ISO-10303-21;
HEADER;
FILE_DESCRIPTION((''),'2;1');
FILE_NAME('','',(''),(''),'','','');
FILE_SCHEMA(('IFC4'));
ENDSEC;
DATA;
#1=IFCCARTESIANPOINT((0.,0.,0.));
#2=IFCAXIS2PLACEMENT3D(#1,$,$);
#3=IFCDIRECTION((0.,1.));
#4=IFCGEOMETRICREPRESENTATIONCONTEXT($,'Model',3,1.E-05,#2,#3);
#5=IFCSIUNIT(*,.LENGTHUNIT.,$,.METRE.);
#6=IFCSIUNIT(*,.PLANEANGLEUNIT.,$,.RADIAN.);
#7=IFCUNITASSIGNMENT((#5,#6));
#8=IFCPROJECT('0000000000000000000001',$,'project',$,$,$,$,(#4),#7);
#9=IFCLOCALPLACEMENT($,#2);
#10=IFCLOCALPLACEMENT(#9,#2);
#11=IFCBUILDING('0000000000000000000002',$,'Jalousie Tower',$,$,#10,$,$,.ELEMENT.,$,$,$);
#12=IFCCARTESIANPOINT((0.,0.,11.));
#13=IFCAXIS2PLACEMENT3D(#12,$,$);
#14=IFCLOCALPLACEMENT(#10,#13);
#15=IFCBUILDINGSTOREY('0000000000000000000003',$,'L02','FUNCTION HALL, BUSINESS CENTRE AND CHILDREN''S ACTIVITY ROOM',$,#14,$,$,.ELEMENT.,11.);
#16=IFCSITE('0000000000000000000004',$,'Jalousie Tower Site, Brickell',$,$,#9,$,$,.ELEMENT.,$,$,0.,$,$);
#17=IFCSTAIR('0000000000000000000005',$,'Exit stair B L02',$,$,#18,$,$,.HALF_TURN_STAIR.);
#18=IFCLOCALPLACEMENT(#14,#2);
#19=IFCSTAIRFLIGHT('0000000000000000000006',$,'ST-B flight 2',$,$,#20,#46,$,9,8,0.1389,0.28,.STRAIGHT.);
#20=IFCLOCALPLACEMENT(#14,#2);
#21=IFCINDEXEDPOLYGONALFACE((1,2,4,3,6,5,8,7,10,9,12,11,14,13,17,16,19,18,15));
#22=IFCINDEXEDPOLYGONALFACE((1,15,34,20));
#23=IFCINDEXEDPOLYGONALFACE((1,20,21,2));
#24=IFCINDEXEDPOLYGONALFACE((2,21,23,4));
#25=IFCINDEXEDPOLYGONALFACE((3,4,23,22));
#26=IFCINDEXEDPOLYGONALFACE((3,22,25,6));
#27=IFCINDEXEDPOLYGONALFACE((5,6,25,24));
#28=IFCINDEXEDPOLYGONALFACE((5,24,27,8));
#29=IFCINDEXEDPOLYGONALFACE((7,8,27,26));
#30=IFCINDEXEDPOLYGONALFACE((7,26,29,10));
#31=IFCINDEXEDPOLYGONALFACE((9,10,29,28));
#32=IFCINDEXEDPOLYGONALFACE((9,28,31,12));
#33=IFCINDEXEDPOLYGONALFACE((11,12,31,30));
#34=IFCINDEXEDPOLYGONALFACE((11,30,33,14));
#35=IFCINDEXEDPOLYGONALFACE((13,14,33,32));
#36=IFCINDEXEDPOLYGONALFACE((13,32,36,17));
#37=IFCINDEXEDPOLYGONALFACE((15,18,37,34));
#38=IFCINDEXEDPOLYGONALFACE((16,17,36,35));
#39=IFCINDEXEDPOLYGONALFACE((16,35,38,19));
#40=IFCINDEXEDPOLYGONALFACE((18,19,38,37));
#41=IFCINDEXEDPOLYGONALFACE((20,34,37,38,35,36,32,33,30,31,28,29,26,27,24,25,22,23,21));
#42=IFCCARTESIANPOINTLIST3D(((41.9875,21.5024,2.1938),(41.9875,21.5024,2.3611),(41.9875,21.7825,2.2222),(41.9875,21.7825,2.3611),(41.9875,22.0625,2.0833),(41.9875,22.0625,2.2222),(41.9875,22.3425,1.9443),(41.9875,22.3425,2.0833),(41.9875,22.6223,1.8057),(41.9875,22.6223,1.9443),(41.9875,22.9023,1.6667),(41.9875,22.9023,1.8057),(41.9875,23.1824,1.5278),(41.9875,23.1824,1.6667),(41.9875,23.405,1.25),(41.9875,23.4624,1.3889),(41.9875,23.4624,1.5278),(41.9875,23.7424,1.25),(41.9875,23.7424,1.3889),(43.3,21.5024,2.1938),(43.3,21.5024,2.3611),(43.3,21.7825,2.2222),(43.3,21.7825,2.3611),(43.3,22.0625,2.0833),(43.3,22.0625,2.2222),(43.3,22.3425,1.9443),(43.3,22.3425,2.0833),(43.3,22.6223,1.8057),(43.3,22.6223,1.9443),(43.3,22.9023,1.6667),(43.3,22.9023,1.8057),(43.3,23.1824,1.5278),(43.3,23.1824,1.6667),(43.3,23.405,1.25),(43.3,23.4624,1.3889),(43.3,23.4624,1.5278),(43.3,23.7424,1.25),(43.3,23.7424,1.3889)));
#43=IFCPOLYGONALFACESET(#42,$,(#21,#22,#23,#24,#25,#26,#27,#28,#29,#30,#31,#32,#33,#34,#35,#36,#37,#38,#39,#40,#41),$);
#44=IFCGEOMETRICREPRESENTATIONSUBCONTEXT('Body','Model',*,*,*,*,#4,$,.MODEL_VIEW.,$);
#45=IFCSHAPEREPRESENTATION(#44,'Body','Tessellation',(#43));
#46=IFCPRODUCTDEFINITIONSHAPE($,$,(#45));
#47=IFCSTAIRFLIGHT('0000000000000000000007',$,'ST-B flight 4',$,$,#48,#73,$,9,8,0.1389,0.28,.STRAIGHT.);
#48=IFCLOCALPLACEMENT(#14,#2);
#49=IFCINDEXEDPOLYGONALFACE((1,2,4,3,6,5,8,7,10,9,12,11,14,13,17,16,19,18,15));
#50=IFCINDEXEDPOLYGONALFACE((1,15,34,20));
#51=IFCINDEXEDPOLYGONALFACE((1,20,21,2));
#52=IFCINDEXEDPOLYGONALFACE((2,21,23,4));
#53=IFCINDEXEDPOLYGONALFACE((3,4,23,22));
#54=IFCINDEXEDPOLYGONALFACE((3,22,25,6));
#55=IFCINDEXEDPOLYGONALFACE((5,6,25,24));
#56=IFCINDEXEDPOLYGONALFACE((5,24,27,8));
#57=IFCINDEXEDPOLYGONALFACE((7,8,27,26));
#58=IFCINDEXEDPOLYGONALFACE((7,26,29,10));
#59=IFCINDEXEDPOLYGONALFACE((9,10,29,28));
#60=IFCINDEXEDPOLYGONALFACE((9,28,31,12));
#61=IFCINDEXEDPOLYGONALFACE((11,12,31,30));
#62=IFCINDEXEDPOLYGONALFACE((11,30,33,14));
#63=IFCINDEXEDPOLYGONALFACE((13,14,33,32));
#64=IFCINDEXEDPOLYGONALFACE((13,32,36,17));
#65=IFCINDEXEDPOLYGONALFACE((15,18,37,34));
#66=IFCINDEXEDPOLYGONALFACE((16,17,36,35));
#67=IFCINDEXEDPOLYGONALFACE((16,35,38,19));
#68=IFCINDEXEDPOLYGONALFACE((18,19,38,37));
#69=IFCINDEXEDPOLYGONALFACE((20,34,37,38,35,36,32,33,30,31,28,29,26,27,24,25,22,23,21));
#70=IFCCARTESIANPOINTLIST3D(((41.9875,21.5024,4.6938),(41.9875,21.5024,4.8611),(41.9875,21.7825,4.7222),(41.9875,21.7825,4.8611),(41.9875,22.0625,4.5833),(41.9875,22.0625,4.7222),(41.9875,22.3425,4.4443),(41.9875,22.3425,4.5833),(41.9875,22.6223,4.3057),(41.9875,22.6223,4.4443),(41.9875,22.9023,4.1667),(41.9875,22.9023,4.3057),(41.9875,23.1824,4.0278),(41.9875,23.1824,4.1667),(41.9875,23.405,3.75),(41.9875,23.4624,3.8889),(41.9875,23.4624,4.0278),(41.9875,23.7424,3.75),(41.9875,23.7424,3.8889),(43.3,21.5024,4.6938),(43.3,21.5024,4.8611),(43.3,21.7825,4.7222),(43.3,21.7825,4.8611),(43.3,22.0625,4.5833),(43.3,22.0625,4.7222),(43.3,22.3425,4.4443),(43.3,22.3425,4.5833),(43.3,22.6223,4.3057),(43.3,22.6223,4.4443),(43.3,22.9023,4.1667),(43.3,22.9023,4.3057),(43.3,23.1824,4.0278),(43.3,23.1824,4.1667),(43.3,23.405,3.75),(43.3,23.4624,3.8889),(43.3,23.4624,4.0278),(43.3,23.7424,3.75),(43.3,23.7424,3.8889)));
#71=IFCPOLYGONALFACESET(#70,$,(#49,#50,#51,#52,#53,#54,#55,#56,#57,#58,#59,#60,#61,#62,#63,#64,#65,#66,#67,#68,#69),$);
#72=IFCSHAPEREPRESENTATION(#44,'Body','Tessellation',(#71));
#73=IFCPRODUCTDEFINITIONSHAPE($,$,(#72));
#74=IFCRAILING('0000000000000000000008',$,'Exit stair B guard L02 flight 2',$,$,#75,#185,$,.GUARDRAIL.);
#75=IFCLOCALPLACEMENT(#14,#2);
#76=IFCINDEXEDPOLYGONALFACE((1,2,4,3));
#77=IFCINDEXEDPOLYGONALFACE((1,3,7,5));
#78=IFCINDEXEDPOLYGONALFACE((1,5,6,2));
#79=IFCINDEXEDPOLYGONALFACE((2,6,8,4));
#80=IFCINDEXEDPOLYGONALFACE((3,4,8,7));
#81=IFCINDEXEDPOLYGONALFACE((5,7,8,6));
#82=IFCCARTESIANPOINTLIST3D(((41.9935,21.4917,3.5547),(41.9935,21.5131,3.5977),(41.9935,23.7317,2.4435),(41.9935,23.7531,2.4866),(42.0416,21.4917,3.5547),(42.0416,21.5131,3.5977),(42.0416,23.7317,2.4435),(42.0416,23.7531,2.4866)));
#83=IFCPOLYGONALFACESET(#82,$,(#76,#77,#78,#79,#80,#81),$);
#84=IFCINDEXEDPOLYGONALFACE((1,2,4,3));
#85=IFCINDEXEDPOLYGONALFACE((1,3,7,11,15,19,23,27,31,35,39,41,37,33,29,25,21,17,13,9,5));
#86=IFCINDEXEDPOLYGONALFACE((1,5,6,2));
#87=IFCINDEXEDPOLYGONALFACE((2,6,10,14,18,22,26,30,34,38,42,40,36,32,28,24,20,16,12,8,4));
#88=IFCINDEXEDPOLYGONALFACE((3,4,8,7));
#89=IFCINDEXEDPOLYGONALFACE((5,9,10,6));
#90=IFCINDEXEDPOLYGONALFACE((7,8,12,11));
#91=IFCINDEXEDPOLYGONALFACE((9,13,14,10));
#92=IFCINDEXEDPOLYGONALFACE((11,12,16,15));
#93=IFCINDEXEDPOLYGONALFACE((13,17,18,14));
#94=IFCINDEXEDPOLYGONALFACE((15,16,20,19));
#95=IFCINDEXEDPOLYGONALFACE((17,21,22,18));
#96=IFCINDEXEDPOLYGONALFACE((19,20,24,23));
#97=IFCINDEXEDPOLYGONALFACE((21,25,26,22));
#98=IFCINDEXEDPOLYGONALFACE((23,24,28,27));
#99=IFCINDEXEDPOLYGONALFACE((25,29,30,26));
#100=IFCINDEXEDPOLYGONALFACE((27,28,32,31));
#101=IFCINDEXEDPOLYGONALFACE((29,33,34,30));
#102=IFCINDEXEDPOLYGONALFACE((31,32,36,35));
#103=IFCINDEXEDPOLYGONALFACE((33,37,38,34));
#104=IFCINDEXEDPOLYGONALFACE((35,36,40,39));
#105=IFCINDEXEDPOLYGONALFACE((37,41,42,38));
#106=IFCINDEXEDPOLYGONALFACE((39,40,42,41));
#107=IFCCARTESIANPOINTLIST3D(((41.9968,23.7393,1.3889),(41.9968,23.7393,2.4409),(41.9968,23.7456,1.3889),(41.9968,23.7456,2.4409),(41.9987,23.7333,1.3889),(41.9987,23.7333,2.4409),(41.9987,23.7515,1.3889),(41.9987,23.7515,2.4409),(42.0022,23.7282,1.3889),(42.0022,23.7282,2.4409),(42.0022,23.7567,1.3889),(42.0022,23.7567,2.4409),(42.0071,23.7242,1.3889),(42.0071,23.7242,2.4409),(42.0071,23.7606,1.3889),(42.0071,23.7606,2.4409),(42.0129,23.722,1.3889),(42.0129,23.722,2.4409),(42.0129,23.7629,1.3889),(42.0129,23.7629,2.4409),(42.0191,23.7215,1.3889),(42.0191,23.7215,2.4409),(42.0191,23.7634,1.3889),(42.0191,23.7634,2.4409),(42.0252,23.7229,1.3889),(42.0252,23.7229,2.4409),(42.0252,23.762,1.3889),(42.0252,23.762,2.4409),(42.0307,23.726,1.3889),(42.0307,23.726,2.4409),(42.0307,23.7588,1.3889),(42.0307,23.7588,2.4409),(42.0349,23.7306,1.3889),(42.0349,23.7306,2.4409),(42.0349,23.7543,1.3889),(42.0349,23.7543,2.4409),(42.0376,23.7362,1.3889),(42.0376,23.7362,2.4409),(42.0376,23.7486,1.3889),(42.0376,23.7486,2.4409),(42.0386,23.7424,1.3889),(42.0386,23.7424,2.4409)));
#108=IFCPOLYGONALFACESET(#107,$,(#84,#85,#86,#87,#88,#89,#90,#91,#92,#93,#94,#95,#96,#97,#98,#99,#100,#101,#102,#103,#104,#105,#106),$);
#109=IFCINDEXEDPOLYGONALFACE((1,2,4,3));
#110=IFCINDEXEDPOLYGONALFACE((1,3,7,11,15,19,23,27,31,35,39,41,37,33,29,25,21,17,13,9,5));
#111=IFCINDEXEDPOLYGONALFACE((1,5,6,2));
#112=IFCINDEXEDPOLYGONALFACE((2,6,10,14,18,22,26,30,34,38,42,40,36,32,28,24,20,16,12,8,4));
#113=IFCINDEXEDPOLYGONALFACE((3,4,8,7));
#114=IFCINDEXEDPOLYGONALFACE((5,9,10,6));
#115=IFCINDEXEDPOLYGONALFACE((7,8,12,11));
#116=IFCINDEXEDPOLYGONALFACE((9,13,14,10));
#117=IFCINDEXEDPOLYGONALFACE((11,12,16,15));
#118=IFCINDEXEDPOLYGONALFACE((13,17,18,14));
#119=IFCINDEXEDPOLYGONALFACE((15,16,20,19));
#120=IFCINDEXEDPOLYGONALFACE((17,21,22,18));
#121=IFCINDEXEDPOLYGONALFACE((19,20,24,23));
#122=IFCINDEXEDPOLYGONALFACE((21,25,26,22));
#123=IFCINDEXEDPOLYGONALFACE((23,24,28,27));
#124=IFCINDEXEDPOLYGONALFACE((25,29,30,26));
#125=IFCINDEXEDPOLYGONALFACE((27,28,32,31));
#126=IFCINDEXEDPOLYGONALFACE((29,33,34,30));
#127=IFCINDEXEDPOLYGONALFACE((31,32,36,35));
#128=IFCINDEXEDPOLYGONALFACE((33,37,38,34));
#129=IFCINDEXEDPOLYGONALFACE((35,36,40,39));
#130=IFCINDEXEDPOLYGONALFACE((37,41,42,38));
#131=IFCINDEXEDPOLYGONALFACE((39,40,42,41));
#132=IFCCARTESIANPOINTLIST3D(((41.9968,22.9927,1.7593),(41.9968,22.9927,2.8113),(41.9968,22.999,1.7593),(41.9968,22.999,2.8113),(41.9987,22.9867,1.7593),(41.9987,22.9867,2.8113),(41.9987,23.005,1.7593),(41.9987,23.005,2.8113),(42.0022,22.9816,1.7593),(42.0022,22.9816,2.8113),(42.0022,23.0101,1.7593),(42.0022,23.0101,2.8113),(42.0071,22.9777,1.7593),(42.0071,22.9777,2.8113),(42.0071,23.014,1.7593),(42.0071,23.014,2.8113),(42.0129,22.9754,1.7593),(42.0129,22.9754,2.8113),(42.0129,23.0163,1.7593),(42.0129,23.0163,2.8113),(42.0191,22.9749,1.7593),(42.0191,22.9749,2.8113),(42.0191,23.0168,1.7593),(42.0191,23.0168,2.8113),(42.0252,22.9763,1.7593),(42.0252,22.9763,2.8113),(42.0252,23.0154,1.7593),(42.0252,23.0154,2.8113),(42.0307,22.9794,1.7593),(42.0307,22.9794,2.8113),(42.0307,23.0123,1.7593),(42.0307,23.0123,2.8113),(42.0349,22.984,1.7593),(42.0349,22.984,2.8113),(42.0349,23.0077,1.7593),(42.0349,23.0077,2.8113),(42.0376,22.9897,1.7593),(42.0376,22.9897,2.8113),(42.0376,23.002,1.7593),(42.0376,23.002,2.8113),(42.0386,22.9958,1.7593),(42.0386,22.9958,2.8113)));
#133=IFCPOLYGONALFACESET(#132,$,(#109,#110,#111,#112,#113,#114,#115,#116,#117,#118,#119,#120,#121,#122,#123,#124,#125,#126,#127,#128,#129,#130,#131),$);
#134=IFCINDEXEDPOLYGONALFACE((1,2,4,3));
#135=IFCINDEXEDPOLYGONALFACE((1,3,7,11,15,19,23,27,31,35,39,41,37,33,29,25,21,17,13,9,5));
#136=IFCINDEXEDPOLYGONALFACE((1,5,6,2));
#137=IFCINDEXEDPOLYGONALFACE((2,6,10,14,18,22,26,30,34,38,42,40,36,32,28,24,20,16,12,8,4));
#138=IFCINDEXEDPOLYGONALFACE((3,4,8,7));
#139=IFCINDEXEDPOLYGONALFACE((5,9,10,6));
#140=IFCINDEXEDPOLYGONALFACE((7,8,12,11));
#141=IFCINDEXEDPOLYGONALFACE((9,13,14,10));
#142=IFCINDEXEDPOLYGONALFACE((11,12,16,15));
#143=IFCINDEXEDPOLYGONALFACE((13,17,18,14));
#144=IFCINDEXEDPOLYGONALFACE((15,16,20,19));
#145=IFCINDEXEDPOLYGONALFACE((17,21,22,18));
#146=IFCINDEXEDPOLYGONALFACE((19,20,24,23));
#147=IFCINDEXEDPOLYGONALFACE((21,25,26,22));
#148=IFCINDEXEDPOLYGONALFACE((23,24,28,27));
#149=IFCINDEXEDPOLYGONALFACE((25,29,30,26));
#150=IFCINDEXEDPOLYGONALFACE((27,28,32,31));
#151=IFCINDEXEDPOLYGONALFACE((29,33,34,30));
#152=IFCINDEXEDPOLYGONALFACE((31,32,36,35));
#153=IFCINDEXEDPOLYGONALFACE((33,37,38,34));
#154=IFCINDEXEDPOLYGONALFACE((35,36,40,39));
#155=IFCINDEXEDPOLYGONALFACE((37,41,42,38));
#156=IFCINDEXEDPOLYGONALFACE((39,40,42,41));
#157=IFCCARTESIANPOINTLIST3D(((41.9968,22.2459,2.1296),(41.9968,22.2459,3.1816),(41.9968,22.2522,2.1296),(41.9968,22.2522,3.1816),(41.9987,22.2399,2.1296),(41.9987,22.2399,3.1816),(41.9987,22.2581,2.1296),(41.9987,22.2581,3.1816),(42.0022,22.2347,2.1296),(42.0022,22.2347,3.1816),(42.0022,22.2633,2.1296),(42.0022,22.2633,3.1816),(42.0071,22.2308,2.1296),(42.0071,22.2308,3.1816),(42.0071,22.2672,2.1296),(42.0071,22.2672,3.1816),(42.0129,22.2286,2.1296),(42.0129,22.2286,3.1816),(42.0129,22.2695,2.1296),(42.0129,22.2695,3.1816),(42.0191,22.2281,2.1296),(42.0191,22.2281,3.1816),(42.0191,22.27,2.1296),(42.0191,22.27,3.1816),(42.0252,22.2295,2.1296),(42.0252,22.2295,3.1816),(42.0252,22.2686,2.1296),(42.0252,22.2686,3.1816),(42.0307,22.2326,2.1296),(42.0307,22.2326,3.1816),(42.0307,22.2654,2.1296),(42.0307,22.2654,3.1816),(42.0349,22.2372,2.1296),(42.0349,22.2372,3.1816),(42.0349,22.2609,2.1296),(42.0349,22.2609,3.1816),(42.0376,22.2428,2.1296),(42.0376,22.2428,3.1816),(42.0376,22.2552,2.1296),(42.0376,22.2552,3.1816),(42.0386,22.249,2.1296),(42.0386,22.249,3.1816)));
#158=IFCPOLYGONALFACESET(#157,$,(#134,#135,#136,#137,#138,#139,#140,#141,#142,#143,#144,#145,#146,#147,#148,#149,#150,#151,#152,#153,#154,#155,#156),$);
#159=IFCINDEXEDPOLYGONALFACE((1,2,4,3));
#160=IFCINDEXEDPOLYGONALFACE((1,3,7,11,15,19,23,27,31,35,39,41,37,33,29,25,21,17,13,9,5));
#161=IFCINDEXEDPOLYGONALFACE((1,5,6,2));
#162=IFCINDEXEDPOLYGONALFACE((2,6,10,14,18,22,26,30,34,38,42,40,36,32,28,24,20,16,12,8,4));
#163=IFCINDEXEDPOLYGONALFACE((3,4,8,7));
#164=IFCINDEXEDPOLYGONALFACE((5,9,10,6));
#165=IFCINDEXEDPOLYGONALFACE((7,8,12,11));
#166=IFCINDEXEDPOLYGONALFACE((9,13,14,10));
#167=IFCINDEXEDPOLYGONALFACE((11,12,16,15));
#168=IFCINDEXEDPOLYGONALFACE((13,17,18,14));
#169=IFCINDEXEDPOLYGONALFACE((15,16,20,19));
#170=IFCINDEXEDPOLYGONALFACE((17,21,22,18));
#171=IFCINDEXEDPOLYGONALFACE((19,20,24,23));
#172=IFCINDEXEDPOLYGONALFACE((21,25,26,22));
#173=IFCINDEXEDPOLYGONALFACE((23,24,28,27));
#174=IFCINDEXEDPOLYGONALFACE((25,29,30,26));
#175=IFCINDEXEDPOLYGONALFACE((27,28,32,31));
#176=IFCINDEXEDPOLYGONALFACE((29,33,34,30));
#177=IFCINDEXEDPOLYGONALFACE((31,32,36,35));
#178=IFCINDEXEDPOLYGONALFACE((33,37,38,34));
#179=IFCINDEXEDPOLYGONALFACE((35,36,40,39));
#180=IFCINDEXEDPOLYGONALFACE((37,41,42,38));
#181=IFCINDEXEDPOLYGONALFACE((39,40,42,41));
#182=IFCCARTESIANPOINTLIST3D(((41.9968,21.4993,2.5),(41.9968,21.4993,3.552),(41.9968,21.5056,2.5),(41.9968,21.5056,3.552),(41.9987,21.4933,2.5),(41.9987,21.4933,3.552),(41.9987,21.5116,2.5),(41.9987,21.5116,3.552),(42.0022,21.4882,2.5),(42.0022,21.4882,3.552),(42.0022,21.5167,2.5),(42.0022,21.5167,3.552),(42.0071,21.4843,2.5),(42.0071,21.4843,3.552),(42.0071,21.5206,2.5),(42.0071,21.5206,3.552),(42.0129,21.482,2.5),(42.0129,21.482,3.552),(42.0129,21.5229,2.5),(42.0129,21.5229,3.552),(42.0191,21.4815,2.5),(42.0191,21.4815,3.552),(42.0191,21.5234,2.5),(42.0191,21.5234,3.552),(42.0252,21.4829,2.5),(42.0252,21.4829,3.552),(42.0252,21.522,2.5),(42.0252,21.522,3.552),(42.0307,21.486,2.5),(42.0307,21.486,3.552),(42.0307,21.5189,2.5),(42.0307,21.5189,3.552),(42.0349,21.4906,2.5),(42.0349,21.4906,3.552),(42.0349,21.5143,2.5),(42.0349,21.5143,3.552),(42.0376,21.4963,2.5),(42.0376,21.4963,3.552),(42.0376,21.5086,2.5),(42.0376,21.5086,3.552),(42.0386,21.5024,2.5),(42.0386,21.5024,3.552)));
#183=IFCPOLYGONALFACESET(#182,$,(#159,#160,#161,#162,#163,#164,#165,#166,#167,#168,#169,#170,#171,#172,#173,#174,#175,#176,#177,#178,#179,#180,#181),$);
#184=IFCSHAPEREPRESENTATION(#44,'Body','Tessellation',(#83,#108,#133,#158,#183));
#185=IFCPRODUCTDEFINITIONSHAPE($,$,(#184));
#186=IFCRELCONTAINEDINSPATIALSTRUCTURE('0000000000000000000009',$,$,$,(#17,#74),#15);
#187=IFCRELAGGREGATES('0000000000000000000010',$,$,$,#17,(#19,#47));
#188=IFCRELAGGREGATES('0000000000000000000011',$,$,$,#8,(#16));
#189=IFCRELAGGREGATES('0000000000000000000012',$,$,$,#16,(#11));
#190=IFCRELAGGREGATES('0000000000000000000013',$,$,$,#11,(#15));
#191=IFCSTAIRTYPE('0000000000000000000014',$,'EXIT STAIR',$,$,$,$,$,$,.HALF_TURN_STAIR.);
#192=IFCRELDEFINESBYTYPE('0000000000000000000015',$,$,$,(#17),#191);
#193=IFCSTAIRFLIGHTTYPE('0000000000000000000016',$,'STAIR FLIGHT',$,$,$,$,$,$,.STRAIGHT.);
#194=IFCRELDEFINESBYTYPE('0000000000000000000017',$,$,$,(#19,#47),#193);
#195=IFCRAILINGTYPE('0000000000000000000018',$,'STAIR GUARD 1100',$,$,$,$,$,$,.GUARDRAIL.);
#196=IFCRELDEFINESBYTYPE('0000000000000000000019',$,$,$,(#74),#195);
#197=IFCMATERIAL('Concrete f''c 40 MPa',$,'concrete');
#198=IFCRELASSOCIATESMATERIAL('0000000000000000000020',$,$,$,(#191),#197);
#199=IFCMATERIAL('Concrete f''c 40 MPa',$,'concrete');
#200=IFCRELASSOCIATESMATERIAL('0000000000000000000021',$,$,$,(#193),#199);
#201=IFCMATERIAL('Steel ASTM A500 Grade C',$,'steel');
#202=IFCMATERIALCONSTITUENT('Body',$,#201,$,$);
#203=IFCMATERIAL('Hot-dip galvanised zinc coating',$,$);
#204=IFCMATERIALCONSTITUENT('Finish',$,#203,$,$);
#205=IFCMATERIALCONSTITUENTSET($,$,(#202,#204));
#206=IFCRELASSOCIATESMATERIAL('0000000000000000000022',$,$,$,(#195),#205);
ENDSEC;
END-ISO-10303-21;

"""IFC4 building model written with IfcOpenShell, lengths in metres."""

from ifc_helpers import new_model, si_unit, direction, frame, origin, origin_2d, place, context, subcontext, project, spatial, polyline, rectangle, circle, outline, extrude, material, constituent, constituent_set, type_object, element, aggregate, save


model = new_model("IFC4")

# Units and contexts
model_context = context("Model", 3, precision=1e-05, world=origin(), true_north=direction((0.0, 1.0)))
body_context = subcontext(model_context, "Body", "Model", "MODEL_VIEW")
ifc_project = project(units=[si_unit("LENGTHUNIT", "METRE"), si_unit("PLANEANGLEUNIT", "RADIAN")], contexts=[model_context])

# Site, building, storey
site_placement = place(None, origin())
site = spatial("IfcSite", under=ifc_project, at=site_placement, Name="Jalousie Tower Site, Brickell", CompositionType="ELEMENT", RefElevation=0.0)
building_placement = place(site_placement, origin())
building = spatial("IfcBuilding", under=site, at=building_placement, Name="Jalousie Tower", CompositionType="ELEMENT")
storey_placement = place(building_placement, frame((0.0, 0.0, 11.0)))
storey = spatial("IfcBuildingStorey", under=building, at=storey_placement, Name="L02", Description="FUNCTION HALL, BUSINESS CENTRE AND CHILDREN'S ACTIVITY ROOM", CompositionType="ELEMENT", Elevation=11.0)

# Stair, stair flights
ifc_material_1 = material(Name="Concrete f'c 40 MPa", Category="concrete")
stair_type = type_object("IfcStairType", Name="EXIT STAIR", PredefinedType="HALF_TURN_STAIR", material=ifc_material_1)
stair_placement = place(storey_placement, origin())
stair = element("IfcStair", 1, at=stair_placement, inside=storey, type_object=stair_type, Name="Exit stair B L02", PredefinedType="HALF_TURN_STAIR")
ifc_material_2 = material(Name="Concrete f'c 40 MPa", Category="concrete")
stair_flight_type = type_object("IfcStairFlightType", Name="STAIR FLIGHT", PredefinedType="STRAIGHT", material=ifc_material_2)
stair_flight_1_placement = place(storey_placement, frame((42.6438, 23.7424, 1.25), z_axis=(0.0, 0.0, 1.0), x_axis=(0.0, -1.0, 0.0)))
stair_flight_1 = element("IfcStairFlight", 2, at=stair_flight_1_placement, type_object=stair_flight_type, Name="ST-B flight 2", NumberOfRisers=9, NumberOfTreads=8, PredefinedType="STRAIGHT", RiserHeight=0.1389, TreadLength=0.28, context=body_context, shape_type="SweptSolid", body=[
    extrude(outline(polyline([(0.0, 0.0), (0.0, 0.1389), (0.28, 0.1389), (0.28, 0.2778), (0.5601, 0.2778), (0.5601, 0.4167), (0.8401, 0.4167), (0.8401, 0.5557), (1.1201, 0.5557), (1.1201, 0.6943), (1.3999, 0.6943), (1.3999, 0.8333), (1.6799, 0.8333), (1.6799, 0.9722), (1.96, 0.9722), (1.96, 1.1111), (2.24, 1.1111), (2.24, 1.25), (2.24, 0.9438), (0.3374, 0.0), (0.0, 0.0)])), frame((0.0, 0.6562, 0.0), z_axis=(0.0, -1.0, 0.0), x_axis=(1.0, 0.0, 0.0)), (0.0, 0.0, 1.0), 1.3125),
])
stair_flight_2_placement = place(storey_placement, frame((42.6438, 23.7424, 3.75), z_axis=(0.0, 0.0, 1.0), x_axis=(0.0, -1.0, 0.0)))
stair_flight_2 = element("IfcStairFlight", 3, at=stair_flight_2_placement, type_object=stair_flight_type, Name="ST-B flight 4", NumberOfRisers=9, NumberOfTreads=8, PredefinedType="STRAIGHT", RiserHeight=0.1389, TreadLength=0.28, context=body_context, shape_type="SweptSolid", body=[
    extrude(outline(polyline([(0.0, 0.0), (0.0, 0.1389), (0.28, 0.1389), (0.28, 0.2778), (0.5601, 0.2778), (0.5601, 0.4167), (0.8401, 0.4167), (0.8401, 0.5557), (1.1201, 0.5557), (1.1201, 0.6943), (1.3999, 0.6943), (1.3999, 0.8333), (1.6799, 0.8333), (1.6799, 0.9722), (1.96, 0.9722), (1.96, 1.1111), (2.24, 1.1111), (2.24, 1.25), (2.24, 0.9438), (0.3374, 0.0), (0.0, 0.0)])), frame((0.0, 0.6562, 0.0), z_axis=(0.0, -1.0, 0.0), x_axis=(1.0, 0.0, 0.0)), (0.0, 0.0, 1.0), 1.3125),
])
aggregate(stair, [stair_flight_1, stair_flight_2])

# Railing
ifc_material_3 = material(Name="Steel ASTM A500 Grade C", Category="steel")
ifc_constituent_1 = constituent(ifc_material_3, Name="Body")
ifc_material_4 = material(Name="Hot-dip galvanised zinc coating")
ifc_constituent_2 = constituent(ifc_material_4, Name="Finish")
ifc_constituent_set_1 = constituent_set(constituents=[ifc_constituent_1, ifc_constituent_2])
railing_type_1 = type_object("IfcRailingType", Name="STAIR GUARD 1100", PredefinedType="GUARDRAIL", material=ifc_constituent_set_1)
for number, where, name in (
    (4, (42.0176, 23.7424, 1.3889), "Exit stair B guard L02 flight 2"),
):
    element("IfcRailing", number, at=place(storey_placement, frame(where)), inside=storey, type_object=railing_type_1, Name=name, PredefinedType="GUARDRAIL", context=body_context, shape_type="SweptSolid", body=[
        extrude(rectangle(XDim=0.0481, YDim=0.0481, at=origin_2d()), frame((0.0, 0.0, 1.0762), z_axis=(0.0, -0.895848, 0.44436), x_axis=(1.0, 0.0, 0.0)), (0.0, 0.0, 1.0), 2.5005),
        extrude(circle(Radius=0.021, at=origin_2d()), origin(), (0.0, 0.0, 1.0), 1.052),
        extrude(circle(Radius=0.021, at=origin_2d()), frame((0.0, -0.7466, 0.3704)), (0.0, 0.0, 1.0), 1.052),
        extrude(circle(Radius=0.021, at=origin_2d()), frame((0.0, -1.4934, 0.7407)), (0.0, 0.0, 1.0), 1.052),
        extrude(circle(Radius=0.021, at=origin_2d()), frame((0.0, -2.24, 1.1111)), (0.0, 0.0, 1.0), 1.052),
    ])

save(model, "model.ifc")
